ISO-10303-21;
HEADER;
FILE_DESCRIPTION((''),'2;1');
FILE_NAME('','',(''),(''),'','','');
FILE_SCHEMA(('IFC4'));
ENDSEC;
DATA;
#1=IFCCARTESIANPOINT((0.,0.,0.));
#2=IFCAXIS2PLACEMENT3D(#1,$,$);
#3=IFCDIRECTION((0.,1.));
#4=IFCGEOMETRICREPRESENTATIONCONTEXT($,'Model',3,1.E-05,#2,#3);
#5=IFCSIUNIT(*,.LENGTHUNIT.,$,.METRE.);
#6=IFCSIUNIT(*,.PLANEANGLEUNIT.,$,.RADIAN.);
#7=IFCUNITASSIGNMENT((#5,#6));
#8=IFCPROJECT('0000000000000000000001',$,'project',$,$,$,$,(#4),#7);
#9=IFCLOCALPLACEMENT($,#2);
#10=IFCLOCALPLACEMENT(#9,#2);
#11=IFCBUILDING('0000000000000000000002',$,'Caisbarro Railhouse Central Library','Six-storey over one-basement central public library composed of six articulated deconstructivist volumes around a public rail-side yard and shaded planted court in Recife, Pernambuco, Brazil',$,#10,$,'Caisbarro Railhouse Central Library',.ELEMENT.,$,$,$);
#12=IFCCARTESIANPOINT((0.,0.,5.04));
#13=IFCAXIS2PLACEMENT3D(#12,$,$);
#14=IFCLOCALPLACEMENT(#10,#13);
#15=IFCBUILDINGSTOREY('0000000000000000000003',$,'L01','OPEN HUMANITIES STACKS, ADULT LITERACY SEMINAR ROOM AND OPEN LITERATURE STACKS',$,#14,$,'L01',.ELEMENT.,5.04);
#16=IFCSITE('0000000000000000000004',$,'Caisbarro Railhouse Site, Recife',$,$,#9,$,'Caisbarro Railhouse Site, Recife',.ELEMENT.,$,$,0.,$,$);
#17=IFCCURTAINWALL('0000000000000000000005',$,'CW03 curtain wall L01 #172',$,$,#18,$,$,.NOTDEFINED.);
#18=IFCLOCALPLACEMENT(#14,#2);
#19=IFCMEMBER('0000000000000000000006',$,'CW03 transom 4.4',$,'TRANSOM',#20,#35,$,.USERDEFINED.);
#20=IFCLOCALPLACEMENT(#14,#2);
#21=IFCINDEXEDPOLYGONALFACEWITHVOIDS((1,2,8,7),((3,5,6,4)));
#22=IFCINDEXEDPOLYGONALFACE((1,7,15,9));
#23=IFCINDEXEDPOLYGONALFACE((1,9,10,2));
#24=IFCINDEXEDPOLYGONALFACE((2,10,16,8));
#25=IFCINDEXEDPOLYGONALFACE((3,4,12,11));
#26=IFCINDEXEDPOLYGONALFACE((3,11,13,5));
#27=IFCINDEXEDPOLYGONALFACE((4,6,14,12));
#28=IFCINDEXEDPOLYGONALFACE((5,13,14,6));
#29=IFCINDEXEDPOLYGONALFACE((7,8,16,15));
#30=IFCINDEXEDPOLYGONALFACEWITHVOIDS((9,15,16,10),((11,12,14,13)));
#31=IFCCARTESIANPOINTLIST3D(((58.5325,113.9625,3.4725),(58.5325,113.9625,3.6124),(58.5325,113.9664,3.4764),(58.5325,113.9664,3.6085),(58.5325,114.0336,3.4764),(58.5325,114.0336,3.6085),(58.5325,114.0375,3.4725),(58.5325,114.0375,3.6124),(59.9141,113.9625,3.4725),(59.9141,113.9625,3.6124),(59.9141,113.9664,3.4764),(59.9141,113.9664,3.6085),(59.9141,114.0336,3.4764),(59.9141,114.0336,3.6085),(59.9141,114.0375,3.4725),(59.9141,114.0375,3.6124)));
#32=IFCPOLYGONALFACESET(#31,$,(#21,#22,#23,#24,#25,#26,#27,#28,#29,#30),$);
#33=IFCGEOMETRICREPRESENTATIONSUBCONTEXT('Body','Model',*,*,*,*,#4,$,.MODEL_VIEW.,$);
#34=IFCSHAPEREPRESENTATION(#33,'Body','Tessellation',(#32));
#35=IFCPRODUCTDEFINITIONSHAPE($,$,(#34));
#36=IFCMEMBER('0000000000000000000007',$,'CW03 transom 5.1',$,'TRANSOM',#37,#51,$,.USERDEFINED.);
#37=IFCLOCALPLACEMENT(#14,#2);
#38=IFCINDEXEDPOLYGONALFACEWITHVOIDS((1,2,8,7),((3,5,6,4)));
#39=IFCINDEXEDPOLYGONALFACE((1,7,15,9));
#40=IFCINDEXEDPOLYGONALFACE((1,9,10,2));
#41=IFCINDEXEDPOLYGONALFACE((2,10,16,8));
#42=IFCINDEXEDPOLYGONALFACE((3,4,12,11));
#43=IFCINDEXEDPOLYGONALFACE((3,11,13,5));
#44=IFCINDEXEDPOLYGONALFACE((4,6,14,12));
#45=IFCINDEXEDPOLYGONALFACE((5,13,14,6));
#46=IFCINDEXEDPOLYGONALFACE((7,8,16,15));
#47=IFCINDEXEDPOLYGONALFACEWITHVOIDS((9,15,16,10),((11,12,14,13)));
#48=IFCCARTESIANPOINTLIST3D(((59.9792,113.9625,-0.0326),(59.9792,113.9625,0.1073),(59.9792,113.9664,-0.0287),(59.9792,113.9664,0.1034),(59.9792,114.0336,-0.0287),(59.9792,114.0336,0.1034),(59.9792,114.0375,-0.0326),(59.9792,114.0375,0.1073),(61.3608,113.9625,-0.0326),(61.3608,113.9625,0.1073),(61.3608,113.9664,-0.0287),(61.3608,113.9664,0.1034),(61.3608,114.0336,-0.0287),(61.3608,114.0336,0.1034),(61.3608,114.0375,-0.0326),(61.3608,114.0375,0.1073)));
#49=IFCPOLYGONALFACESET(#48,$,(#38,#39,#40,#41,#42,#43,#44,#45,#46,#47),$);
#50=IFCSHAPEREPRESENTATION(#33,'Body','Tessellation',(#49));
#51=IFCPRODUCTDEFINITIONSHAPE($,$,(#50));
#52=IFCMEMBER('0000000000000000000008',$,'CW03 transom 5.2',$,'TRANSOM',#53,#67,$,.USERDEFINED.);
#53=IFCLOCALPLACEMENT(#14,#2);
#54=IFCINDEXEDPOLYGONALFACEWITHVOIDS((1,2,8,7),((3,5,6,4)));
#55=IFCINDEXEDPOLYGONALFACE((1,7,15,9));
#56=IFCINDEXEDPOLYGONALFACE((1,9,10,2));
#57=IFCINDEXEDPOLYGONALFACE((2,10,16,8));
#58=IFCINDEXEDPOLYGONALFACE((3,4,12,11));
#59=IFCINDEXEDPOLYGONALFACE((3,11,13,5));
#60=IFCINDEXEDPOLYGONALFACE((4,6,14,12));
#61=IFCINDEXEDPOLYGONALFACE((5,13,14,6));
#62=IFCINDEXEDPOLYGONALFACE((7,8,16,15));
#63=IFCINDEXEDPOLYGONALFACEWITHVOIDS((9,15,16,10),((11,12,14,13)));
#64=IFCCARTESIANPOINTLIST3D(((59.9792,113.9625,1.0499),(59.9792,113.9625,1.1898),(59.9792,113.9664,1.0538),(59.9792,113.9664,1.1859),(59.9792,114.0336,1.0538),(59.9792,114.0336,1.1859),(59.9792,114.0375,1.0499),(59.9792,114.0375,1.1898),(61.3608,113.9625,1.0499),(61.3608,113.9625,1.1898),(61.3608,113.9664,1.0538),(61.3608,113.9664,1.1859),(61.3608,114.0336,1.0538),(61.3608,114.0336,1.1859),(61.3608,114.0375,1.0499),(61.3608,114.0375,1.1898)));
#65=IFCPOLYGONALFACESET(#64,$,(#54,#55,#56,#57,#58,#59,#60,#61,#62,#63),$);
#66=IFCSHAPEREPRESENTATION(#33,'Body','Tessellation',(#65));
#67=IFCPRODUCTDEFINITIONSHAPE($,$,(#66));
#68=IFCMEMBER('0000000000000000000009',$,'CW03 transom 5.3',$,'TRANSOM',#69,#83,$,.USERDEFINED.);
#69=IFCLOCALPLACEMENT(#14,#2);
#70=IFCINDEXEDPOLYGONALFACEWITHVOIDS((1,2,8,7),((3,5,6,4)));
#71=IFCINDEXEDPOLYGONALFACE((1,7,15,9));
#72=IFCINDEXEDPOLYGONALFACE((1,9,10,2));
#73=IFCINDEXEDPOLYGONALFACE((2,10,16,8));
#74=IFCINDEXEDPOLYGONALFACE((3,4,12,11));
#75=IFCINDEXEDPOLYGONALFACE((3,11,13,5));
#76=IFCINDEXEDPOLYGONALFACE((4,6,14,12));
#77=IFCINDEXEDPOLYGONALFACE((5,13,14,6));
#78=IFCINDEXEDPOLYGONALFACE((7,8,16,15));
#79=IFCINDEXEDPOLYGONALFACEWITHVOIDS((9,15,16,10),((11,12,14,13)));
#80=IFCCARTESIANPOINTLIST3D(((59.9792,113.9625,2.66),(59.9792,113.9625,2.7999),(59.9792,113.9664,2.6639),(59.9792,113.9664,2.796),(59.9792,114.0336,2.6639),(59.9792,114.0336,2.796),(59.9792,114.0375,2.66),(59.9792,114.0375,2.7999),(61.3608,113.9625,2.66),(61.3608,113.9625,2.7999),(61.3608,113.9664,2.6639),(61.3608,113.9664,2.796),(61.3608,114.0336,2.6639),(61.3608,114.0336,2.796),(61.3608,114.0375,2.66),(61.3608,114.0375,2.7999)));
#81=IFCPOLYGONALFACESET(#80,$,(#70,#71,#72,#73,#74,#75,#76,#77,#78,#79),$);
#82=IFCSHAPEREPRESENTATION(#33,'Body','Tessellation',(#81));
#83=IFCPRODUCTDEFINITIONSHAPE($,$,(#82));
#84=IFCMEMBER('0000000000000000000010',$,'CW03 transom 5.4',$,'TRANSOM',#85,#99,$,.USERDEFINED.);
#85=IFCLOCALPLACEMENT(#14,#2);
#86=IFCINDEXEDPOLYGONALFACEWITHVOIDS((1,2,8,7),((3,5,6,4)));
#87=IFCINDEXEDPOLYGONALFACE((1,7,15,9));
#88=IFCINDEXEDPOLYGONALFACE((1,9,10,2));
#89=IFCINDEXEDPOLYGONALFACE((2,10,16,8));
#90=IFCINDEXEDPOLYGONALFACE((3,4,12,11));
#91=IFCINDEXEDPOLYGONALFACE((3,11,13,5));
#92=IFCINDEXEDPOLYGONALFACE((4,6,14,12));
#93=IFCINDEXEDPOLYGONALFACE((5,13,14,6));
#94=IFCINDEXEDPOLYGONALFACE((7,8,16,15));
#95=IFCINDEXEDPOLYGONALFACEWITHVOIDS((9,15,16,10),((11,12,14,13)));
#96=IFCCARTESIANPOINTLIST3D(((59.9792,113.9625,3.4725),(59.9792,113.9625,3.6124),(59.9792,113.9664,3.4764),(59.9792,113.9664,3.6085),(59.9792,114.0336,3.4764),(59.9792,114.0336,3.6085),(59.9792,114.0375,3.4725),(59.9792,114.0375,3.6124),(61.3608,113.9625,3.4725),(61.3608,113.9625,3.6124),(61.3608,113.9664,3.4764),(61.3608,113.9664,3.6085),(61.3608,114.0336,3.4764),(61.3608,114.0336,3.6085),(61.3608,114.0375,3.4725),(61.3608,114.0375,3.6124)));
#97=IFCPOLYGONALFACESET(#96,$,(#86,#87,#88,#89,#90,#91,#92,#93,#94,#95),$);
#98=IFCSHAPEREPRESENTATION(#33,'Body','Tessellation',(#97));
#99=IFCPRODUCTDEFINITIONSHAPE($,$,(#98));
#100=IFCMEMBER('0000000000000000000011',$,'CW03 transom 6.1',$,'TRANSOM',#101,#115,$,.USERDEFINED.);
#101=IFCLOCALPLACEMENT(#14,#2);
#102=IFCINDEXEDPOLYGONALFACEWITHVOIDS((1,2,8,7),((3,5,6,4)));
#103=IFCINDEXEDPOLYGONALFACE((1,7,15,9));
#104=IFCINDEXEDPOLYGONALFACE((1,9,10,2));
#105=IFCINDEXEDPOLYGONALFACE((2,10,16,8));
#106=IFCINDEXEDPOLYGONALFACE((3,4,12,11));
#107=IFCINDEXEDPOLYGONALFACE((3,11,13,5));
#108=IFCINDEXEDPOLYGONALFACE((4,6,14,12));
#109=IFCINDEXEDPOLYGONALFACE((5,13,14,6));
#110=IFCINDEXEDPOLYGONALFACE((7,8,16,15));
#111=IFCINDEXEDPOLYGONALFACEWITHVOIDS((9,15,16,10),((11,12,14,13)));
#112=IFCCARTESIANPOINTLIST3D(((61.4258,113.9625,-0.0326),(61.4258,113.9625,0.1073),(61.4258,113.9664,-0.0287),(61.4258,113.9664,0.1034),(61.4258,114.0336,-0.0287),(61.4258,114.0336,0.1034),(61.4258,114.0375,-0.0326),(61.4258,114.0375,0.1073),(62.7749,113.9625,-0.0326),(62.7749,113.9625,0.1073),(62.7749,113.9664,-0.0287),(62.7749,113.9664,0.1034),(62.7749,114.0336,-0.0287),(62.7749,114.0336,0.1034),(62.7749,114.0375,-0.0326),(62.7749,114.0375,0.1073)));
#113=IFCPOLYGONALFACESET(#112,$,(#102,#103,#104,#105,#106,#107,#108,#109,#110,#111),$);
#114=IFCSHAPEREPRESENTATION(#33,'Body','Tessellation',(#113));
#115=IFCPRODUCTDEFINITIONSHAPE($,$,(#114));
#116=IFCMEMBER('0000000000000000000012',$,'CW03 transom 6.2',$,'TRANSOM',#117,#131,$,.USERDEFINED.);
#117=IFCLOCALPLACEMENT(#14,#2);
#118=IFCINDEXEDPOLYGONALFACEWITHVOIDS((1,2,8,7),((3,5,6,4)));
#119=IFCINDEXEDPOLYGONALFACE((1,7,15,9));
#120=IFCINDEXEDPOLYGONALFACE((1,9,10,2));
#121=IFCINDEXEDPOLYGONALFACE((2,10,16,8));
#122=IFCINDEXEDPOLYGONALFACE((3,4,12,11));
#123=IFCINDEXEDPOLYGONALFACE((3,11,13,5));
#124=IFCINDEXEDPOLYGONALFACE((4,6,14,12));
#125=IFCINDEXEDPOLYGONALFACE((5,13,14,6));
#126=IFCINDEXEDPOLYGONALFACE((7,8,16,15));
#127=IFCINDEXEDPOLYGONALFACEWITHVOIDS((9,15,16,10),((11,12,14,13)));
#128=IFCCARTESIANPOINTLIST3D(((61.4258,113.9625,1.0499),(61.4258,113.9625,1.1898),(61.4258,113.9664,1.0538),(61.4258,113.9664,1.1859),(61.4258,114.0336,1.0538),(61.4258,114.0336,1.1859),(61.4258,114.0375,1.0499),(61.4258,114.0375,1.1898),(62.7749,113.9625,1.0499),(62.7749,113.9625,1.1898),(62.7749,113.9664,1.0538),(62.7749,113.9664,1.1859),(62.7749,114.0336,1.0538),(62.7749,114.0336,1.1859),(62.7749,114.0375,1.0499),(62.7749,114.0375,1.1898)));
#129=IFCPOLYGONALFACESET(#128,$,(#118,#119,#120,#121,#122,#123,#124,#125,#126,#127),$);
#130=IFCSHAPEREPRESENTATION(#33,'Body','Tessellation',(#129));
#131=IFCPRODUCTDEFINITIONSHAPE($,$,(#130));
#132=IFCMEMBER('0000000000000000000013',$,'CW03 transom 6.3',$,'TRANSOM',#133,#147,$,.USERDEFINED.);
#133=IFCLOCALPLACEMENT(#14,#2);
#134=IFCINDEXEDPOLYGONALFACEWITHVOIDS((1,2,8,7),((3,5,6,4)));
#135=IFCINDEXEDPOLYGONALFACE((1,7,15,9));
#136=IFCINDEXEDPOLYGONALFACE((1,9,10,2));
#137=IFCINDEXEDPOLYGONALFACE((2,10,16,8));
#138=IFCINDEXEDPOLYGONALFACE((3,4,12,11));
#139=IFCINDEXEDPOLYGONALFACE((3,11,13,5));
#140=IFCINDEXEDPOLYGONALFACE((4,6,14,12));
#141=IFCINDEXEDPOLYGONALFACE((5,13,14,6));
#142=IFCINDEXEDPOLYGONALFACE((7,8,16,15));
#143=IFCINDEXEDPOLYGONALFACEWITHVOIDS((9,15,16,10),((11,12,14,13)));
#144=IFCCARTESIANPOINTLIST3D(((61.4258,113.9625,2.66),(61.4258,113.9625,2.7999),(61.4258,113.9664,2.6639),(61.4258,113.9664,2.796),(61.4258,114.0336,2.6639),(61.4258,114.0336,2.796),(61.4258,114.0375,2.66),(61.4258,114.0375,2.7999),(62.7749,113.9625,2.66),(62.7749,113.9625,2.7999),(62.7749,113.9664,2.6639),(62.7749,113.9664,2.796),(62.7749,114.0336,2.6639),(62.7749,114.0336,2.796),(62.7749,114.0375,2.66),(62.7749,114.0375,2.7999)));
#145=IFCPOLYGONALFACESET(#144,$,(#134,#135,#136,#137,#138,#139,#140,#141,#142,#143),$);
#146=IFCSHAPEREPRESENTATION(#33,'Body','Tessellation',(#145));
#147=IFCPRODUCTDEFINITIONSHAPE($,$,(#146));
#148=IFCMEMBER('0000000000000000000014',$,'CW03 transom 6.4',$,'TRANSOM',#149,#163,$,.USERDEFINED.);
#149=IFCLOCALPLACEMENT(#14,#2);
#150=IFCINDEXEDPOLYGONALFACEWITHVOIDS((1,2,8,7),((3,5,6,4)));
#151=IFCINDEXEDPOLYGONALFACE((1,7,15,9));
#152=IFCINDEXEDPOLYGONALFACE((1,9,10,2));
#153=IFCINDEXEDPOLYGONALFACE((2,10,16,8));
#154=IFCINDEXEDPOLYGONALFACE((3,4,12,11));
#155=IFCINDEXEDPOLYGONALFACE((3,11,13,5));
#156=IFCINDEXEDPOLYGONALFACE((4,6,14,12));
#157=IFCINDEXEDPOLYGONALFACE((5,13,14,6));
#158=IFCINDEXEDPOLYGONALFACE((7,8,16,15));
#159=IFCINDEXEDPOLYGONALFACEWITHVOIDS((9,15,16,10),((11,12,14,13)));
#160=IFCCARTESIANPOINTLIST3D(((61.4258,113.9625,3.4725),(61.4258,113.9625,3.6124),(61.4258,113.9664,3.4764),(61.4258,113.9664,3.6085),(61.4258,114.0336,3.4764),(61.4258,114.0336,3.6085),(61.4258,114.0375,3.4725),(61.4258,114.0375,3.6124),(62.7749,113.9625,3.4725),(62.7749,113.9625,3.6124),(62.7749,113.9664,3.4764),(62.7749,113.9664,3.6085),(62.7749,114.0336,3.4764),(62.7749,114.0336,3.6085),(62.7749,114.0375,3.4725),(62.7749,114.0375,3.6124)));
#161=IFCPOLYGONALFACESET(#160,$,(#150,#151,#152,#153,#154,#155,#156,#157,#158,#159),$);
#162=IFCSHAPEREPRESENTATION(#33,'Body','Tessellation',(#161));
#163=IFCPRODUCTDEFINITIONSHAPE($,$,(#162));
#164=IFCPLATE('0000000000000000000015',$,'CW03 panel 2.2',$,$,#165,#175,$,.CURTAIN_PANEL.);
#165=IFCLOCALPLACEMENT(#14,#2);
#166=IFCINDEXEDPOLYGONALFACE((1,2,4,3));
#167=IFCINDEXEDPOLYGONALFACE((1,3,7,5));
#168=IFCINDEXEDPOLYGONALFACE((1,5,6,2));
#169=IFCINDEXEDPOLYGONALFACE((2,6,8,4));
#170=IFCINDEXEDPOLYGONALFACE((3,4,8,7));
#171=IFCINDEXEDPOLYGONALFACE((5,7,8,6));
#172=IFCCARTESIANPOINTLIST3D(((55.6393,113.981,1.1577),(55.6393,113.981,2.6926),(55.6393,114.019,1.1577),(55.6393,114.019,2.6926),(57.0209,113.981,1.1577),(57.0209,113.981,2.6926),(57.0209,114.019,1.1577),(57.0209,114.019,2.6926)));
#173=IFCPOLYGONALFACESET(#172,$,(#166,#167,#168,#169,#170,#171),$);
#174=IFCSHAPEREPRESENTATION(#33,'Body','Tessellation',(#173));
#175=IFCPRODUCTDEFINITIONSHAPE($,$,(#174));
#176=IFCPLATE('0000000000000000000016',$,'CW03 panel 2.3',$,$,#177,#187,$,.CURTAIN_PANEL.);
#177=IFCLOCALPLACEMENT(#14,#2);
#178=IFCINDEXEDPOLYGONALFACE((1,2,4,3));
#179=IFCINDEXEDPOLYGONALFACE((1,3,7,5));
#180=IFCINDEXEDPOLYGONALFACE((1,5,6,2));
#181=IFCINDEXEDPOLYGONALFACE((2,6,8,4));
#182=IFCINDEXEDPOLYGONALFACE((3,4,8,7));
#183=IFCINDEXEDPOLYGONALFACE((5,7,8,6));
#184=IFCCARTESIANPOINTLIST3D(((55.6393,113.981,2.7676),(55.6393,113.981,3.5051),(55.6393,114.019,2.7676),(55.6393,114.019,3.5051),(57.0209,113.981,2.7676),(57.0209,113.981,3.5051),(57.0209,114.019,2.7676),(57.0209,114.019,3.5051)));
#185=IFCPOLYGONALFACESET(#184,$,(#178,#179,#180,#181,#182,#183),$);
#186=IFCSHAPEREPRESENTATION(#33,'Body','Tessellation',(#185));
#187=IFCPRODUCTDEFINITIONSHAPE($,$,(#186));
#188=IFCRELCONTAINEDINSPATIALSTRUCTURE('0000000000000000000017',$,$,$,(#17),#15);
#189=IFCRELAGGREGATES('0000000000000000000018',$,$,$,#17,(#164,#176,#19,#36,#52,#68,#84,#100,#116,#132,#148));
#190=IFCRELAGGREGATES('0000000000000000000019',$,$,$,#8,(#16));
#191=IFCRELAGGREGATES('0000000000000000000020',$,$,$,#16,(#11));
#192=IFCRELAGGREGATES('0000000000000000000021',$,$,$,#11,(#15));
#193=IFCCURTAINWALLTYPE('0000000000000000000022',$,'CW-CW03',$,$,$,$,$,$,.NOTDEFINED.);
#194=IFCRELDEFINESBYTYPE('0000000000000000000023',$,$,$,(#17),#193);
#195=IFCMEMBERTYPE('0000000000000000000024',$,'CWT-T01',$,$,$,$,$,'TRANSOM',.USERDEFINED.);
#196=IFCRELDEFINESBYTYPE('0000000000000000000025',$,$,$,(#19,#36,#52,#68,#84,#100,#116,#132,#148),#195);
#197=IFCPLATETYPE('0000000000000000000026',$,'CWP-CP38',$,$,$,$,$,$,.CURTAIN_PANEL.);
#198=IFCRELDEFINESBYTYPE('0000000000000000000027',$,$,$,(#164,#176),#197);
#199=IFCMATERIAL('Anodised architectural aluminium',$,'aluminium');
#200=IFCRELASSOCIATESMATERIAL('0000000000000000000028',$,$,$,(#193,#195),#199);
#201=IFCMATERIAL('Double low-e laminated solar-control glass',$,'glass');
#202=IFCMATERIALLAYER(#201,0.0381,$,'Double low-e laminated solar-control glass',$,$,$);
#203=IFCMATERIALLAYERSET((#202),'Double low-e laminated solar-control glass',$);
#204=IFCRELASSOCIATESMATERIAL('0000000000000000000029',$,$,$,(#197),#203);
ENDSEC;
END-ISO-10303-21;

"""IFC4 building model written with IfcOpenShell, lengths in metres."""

from ifc_helpers import new_model, si_unit, direction, frame, origin, origin_2d, place, context, subcontext, project, spatial, rectangle, hollow_rectangle, extrude, material, layer, layer_set, material_profile, profile_set, type_object, element, aggregate, save


model = new_model("IFC4")

# Units and contexts
model_context = context("Model", 3, precision=1e-05, world=origin(), true_north=direction((0.0, 1.0)))
body_context = subcontext(model_context, "Body", "Model", "MODEL_VIEW")
ifc_project = project(units=[si_unit("LENGTHUNIT", "METRE"), si_unit("PLANEANGLEUNIT", "RADIAN")], contexts=[model_context])

# Site, building, storey
site_placement = place(None, origin())
site = spatial("IfcSite", under=ifc_project, at=site_placement, Name="Caisbarro Railhouse Site, Recife", LongName="Caisbarro Railhouse Site, Recife", CompositionType="ELEMENT", RefElevation=0.0)
building_placement = place(site_placement, origin())
building = spatial("IfcBuilding", under=site, at=building_placement, Name="Caisbarro Railhouse Central Library", Description="Six-storey over one-basement central public library composed of six articulated deconstructivist volumes around a public rail-side yard and shaded planted court in Recife, Pernambuco, Brazil", LongName="Caisbarro Railhouse Central Library", CompositionType="ELEMENT")
storey_placement = place(building_placement, frame((0.0, 0.0, 5.04)))
storey = spatial("IfcBuildingStorey", under=building, at=storey_placement, Name="L01", Description="OPEN HUMANITIES STACKS, ADULT LITERACY SEMINAR ROOM AND OPEN LITERATURE STACKS", LongName="L01", CompositionType="ELEMENT", Elevation=5.04)

# Curtain wall, members, plates
ifc_material_1 = material(Name="Anodised architectural aluminium", Category="aluminium")
curtain_wall_type = type_object("IfcCurtainWallType", Name="CW-CW03", PredefinedType="NOTDEFINED", material=ifc_material_1)
curtain_wall_placement = place(storey_placement, origin())
curtain_wall = element("IfcCurtainWall", 1, at=curtain_wall_placement, inside=storey, type_object=curtain_wall_type, Name="CW03 curtain wall L01 #172", PredefinedType="NOTDEFINED")
ifc_material_profile_1 = material_profile(ifc_material_1, hollow_rectangle(XDim=0.075, YDim=0.1399, WallThickness=0.0039, at=origin_2d()), Name="ALU-TRN-75X140")
ifc_profile_set_1 = profile_set([ifc_material_profile_1], Name="Anodised architectural aluminium")
member_type_1 = type_object("IfcMemberType", Name="CWT-T01", ElementType="TRANSOM", PredefinedType="USERDEFINED", material=ifc_profile_set_1)
member_1_placement = place(storey_placement, frame((58.5325, 114.0, 3.5425), z_axis=(1.0, 0.0, 0.0), x_axis=(0.0, 1.0, 0.0)))
member_1 = element("IfcMember", 2, at=member_1_placement, type_object=member_type_1, Name="CW03 transom 4.4", ObjectType="TRANSOM", PredefinedType="USERDEFINED", context=body_context, shape_type="SweptSolid", body=[
    extrude(hollow_rectangle(XDim=0.075, YDim=0.1399, WallThickness=0.0039, at=origin_2d()), origin(), (0.0, 0.0, 1.0), 1.3816),
])
member_2_placement = place(storey_placement, frame((59.9792, 114.0, 0.0374), z_axis=(1.0, 0.0, 0.0), x_axis=(0.0, 1.0, 0.0)))
member_2 = element("IfcMember", 3, at=member_2_placement, type_object=member_type_1, Name="CW03 transom 5.1", ObjectType="TRANSOM", PredefinedType="USERDEFINED", context=body_context, shape_type="SweptSolid", body=[
    extrude(hollow_rectangle(XDim=0.075, YDim=0.1399, WallThickness=0.0039, at=origin_2d()), origin(), (0.0, 0.0, 1.0), 1.3816),
])
member_3_placement = place(storey_placement, frame((59.9792, 114.0, 1.1199), z_axis=(1.0, 0.0, 0.0), x_axis=(0.0, 1.0, 0.0)))
member_3 = element("IfcMember", 4, at=member_3_placement, type_object=member_type_1, Name="CW03 transom 5.2", ObjectType="TRANSOM", PredefinedType="USERDEFINED", context=body_context, shape_type="SweptSolid", body=[
    extrude(hollow_rectangle(XDim=0.075, YDim=0.1399, WallThickness=0.0039, at=origin_2d()), origin(), (0.0, 0.0, 1.0), 1.3816),
])
member_4_placement = place(storey_placement, frame((59.9792, 114.0, 2.73), z_axis=(1.0, 0.0, 0.0), x_axis=(0.0, 1.0, 0.0)))
member_4 = element("IfcMember", 5, at=member_4_placement, type_object=member_type_1, Name="CW03 transom 5.3", ObjectType="TRANSOM", PredefinedType="USERDEFINED", context=body_context, shape_type="SweptSolid", body=[
    extrude(hollow_rectangle(XDim=0.075, YDim=0.1399, WallThickness=0.0039, at=origin_2d()), origin(), (0.0, 0.0, 1.0), 1.3816),
])
member_5_placement = place(storey_placement, frame((59.9792, 114.0, 3.5425), z_axis=(1.0, 0.0, 0.0), x_axis=(0.0, 1.0, 0.0)))
member_5 = element("IfcMember", 6, at=member_5_placement, type_object=member_type_1, Name="CW03 transom 5.4", ObjectType="TRANSOM", PredefinedType="USERDEFINED", context=body_context, shape_type="SweptSolid", body=[
    extrude(hollow_rectangle(XDim=0.075, YDim=0.1399, WallThickness=0.0039, at=origin_2d()), origin(), (0.0, 0.0, 1.0), 1.3816),
])
member_6_placement = place(storey_placement, frame((61.4258, 114.0, 0.0374), z_axis=(1.0, 0.0, 0.0), x_axis=(0.0, 1.0, 0.0)))
member_6 = element("IfcMember", 7, at=member_6_placement, type_object=member_type_1, Name="CW03 transom 6.1", ObjectType="TRANSOM", PredefinedType="USERDEFINED", context=body_context, shape_type="SweptSolid", body=[
    extrude(hollow_rectangle(XDim=0.075, YDim=0.1399, WallThickness=0.0039, at=origin_2d()), origin(), (0.0, 0.0, 1.0), 1.3491),
])
member_7_placement = place(storey_placement, frame((61.4258, 114.0, 1.1199), z_axis=(1.0, 0.0, 0.0), x_axis=(0.0, 1.0, 0.0)))
member_7 = element("IfcMember", 8, at=member_7_placement, type_object=member_type_1, Name="CW03 transom 6.2", ObjectType="TRANSOM", PredefinedType="USERDEFINED", context=body_context, shape_type="SweptSolid", body=[
    extrude(hollow_rectangle(XDim=0.075, YDim=0.1399, WallThickness=0.0039, at=origin_2d()), origin(), (0.0, 0.0, 1.0), 1.3491),
])
member_8_placement = place(storey_placement, frame((61.4258, 114.0, 2.73), z_axis=(1.0, 0.0, 0.0), x_axis=(0.0, 1.0, 0.0)))
member_8 = element("IfcMember", 9, at=member_8_placement, type_object=member_type_1, Name="CW03 transom 6.3", ObjectType="TRANSOM", PredefinedType="USERDEFINED", context=body_context, shape_type="SweptSolid", body=[
    extrude(hollow_rectangle(XDim=0.075, YDim=0.1399, WallThickness=0.0039, at=origin_2d()), origin(), (0.0, 0.0, 1.0), 1.3491),
])
member_9_placement = place(storey_placement, frame((61.4258, 114.0, 3.5425), z_axis=(1.0, 0.0, 0.0), x_axis=(0.0, 1.0, 0.0)))
member_9 = element("IfcMember", 10, at=member_9_placement, type_object=member_type_1, Name="CW03 transom 6.4", ObjectType="TRANSOM", PredefinedType="USERDEFINED", context=body_context, shape_type="SweptSolid", body=[
    extrude(hollow_rectangle(XDim=0.075, YDim=0.1399, WallThickness=0.0039, at=origin_2d()), origin(), (0.0, 0.0, 1.0), 1.3491),
])
ifc_material_2 = material(Name="Double low-e laminated solar-control glass", Category="glass")
ifc_layer = layer(ifc_material_2, 0.0381, Name="Double low-e laminated solar-control glass")
ifc_layer_set = layer_set([ifc_layer], Name="Double low-e laminated solar-control glass")
plate_type = type_object("IfcPlateType", Name="CWP-CP38", PredefinedType="CURTAIN_PANEL", material=ifc_layer_set)
plate_1_placement = place(storey_placement, frame((56.3301, 114.0, 1.1577), z_axis=(0.0, 0.0, 1.0), x_axis=(1.0, 0.0, 0.0)))
plate_1 = element("IfcPlate", 11, at=plate_1_placement, type_object=plate_type, Name="CW03 panel 2.2", PredefinedType="CURTAIN_PANEL", context=body_context, shape_type="SweptSolid", body=[
    extrude(rectangle(XDim=1.3816, YDim=0.0381, at=origin_2d()), origin(), (0.0, 0.0, 1.0), 1.5349),
])
plate_2_placement = place(storey_placement, frame((56.3301, 114.0, 2.7676), z_axis=(0.0, 0.0, 1.0), x_axis=(1.0, 0.0, 0.0)))
plate_2 = element("IfcPlate", 12, at=plate_2_placement, type_object=plate_type, Name="CW03 panel 2.3", PredefinedType="CURTAIN_PANEL", context=body_context, shape_type="SweptSolid", body=[
    extrude(rectangle(XDim=1.3816, YDim=0.0381, at=origin_2d()), origin(), (0.0, 0.0, 1.0), 0.7375),
])
aggregate(curtain_wall, [plate_1, plate_2, member_1, member_2, member_3, member_4, member_5, member_6, member_7, member_8, member_9])

save(model, "model.ifc")
